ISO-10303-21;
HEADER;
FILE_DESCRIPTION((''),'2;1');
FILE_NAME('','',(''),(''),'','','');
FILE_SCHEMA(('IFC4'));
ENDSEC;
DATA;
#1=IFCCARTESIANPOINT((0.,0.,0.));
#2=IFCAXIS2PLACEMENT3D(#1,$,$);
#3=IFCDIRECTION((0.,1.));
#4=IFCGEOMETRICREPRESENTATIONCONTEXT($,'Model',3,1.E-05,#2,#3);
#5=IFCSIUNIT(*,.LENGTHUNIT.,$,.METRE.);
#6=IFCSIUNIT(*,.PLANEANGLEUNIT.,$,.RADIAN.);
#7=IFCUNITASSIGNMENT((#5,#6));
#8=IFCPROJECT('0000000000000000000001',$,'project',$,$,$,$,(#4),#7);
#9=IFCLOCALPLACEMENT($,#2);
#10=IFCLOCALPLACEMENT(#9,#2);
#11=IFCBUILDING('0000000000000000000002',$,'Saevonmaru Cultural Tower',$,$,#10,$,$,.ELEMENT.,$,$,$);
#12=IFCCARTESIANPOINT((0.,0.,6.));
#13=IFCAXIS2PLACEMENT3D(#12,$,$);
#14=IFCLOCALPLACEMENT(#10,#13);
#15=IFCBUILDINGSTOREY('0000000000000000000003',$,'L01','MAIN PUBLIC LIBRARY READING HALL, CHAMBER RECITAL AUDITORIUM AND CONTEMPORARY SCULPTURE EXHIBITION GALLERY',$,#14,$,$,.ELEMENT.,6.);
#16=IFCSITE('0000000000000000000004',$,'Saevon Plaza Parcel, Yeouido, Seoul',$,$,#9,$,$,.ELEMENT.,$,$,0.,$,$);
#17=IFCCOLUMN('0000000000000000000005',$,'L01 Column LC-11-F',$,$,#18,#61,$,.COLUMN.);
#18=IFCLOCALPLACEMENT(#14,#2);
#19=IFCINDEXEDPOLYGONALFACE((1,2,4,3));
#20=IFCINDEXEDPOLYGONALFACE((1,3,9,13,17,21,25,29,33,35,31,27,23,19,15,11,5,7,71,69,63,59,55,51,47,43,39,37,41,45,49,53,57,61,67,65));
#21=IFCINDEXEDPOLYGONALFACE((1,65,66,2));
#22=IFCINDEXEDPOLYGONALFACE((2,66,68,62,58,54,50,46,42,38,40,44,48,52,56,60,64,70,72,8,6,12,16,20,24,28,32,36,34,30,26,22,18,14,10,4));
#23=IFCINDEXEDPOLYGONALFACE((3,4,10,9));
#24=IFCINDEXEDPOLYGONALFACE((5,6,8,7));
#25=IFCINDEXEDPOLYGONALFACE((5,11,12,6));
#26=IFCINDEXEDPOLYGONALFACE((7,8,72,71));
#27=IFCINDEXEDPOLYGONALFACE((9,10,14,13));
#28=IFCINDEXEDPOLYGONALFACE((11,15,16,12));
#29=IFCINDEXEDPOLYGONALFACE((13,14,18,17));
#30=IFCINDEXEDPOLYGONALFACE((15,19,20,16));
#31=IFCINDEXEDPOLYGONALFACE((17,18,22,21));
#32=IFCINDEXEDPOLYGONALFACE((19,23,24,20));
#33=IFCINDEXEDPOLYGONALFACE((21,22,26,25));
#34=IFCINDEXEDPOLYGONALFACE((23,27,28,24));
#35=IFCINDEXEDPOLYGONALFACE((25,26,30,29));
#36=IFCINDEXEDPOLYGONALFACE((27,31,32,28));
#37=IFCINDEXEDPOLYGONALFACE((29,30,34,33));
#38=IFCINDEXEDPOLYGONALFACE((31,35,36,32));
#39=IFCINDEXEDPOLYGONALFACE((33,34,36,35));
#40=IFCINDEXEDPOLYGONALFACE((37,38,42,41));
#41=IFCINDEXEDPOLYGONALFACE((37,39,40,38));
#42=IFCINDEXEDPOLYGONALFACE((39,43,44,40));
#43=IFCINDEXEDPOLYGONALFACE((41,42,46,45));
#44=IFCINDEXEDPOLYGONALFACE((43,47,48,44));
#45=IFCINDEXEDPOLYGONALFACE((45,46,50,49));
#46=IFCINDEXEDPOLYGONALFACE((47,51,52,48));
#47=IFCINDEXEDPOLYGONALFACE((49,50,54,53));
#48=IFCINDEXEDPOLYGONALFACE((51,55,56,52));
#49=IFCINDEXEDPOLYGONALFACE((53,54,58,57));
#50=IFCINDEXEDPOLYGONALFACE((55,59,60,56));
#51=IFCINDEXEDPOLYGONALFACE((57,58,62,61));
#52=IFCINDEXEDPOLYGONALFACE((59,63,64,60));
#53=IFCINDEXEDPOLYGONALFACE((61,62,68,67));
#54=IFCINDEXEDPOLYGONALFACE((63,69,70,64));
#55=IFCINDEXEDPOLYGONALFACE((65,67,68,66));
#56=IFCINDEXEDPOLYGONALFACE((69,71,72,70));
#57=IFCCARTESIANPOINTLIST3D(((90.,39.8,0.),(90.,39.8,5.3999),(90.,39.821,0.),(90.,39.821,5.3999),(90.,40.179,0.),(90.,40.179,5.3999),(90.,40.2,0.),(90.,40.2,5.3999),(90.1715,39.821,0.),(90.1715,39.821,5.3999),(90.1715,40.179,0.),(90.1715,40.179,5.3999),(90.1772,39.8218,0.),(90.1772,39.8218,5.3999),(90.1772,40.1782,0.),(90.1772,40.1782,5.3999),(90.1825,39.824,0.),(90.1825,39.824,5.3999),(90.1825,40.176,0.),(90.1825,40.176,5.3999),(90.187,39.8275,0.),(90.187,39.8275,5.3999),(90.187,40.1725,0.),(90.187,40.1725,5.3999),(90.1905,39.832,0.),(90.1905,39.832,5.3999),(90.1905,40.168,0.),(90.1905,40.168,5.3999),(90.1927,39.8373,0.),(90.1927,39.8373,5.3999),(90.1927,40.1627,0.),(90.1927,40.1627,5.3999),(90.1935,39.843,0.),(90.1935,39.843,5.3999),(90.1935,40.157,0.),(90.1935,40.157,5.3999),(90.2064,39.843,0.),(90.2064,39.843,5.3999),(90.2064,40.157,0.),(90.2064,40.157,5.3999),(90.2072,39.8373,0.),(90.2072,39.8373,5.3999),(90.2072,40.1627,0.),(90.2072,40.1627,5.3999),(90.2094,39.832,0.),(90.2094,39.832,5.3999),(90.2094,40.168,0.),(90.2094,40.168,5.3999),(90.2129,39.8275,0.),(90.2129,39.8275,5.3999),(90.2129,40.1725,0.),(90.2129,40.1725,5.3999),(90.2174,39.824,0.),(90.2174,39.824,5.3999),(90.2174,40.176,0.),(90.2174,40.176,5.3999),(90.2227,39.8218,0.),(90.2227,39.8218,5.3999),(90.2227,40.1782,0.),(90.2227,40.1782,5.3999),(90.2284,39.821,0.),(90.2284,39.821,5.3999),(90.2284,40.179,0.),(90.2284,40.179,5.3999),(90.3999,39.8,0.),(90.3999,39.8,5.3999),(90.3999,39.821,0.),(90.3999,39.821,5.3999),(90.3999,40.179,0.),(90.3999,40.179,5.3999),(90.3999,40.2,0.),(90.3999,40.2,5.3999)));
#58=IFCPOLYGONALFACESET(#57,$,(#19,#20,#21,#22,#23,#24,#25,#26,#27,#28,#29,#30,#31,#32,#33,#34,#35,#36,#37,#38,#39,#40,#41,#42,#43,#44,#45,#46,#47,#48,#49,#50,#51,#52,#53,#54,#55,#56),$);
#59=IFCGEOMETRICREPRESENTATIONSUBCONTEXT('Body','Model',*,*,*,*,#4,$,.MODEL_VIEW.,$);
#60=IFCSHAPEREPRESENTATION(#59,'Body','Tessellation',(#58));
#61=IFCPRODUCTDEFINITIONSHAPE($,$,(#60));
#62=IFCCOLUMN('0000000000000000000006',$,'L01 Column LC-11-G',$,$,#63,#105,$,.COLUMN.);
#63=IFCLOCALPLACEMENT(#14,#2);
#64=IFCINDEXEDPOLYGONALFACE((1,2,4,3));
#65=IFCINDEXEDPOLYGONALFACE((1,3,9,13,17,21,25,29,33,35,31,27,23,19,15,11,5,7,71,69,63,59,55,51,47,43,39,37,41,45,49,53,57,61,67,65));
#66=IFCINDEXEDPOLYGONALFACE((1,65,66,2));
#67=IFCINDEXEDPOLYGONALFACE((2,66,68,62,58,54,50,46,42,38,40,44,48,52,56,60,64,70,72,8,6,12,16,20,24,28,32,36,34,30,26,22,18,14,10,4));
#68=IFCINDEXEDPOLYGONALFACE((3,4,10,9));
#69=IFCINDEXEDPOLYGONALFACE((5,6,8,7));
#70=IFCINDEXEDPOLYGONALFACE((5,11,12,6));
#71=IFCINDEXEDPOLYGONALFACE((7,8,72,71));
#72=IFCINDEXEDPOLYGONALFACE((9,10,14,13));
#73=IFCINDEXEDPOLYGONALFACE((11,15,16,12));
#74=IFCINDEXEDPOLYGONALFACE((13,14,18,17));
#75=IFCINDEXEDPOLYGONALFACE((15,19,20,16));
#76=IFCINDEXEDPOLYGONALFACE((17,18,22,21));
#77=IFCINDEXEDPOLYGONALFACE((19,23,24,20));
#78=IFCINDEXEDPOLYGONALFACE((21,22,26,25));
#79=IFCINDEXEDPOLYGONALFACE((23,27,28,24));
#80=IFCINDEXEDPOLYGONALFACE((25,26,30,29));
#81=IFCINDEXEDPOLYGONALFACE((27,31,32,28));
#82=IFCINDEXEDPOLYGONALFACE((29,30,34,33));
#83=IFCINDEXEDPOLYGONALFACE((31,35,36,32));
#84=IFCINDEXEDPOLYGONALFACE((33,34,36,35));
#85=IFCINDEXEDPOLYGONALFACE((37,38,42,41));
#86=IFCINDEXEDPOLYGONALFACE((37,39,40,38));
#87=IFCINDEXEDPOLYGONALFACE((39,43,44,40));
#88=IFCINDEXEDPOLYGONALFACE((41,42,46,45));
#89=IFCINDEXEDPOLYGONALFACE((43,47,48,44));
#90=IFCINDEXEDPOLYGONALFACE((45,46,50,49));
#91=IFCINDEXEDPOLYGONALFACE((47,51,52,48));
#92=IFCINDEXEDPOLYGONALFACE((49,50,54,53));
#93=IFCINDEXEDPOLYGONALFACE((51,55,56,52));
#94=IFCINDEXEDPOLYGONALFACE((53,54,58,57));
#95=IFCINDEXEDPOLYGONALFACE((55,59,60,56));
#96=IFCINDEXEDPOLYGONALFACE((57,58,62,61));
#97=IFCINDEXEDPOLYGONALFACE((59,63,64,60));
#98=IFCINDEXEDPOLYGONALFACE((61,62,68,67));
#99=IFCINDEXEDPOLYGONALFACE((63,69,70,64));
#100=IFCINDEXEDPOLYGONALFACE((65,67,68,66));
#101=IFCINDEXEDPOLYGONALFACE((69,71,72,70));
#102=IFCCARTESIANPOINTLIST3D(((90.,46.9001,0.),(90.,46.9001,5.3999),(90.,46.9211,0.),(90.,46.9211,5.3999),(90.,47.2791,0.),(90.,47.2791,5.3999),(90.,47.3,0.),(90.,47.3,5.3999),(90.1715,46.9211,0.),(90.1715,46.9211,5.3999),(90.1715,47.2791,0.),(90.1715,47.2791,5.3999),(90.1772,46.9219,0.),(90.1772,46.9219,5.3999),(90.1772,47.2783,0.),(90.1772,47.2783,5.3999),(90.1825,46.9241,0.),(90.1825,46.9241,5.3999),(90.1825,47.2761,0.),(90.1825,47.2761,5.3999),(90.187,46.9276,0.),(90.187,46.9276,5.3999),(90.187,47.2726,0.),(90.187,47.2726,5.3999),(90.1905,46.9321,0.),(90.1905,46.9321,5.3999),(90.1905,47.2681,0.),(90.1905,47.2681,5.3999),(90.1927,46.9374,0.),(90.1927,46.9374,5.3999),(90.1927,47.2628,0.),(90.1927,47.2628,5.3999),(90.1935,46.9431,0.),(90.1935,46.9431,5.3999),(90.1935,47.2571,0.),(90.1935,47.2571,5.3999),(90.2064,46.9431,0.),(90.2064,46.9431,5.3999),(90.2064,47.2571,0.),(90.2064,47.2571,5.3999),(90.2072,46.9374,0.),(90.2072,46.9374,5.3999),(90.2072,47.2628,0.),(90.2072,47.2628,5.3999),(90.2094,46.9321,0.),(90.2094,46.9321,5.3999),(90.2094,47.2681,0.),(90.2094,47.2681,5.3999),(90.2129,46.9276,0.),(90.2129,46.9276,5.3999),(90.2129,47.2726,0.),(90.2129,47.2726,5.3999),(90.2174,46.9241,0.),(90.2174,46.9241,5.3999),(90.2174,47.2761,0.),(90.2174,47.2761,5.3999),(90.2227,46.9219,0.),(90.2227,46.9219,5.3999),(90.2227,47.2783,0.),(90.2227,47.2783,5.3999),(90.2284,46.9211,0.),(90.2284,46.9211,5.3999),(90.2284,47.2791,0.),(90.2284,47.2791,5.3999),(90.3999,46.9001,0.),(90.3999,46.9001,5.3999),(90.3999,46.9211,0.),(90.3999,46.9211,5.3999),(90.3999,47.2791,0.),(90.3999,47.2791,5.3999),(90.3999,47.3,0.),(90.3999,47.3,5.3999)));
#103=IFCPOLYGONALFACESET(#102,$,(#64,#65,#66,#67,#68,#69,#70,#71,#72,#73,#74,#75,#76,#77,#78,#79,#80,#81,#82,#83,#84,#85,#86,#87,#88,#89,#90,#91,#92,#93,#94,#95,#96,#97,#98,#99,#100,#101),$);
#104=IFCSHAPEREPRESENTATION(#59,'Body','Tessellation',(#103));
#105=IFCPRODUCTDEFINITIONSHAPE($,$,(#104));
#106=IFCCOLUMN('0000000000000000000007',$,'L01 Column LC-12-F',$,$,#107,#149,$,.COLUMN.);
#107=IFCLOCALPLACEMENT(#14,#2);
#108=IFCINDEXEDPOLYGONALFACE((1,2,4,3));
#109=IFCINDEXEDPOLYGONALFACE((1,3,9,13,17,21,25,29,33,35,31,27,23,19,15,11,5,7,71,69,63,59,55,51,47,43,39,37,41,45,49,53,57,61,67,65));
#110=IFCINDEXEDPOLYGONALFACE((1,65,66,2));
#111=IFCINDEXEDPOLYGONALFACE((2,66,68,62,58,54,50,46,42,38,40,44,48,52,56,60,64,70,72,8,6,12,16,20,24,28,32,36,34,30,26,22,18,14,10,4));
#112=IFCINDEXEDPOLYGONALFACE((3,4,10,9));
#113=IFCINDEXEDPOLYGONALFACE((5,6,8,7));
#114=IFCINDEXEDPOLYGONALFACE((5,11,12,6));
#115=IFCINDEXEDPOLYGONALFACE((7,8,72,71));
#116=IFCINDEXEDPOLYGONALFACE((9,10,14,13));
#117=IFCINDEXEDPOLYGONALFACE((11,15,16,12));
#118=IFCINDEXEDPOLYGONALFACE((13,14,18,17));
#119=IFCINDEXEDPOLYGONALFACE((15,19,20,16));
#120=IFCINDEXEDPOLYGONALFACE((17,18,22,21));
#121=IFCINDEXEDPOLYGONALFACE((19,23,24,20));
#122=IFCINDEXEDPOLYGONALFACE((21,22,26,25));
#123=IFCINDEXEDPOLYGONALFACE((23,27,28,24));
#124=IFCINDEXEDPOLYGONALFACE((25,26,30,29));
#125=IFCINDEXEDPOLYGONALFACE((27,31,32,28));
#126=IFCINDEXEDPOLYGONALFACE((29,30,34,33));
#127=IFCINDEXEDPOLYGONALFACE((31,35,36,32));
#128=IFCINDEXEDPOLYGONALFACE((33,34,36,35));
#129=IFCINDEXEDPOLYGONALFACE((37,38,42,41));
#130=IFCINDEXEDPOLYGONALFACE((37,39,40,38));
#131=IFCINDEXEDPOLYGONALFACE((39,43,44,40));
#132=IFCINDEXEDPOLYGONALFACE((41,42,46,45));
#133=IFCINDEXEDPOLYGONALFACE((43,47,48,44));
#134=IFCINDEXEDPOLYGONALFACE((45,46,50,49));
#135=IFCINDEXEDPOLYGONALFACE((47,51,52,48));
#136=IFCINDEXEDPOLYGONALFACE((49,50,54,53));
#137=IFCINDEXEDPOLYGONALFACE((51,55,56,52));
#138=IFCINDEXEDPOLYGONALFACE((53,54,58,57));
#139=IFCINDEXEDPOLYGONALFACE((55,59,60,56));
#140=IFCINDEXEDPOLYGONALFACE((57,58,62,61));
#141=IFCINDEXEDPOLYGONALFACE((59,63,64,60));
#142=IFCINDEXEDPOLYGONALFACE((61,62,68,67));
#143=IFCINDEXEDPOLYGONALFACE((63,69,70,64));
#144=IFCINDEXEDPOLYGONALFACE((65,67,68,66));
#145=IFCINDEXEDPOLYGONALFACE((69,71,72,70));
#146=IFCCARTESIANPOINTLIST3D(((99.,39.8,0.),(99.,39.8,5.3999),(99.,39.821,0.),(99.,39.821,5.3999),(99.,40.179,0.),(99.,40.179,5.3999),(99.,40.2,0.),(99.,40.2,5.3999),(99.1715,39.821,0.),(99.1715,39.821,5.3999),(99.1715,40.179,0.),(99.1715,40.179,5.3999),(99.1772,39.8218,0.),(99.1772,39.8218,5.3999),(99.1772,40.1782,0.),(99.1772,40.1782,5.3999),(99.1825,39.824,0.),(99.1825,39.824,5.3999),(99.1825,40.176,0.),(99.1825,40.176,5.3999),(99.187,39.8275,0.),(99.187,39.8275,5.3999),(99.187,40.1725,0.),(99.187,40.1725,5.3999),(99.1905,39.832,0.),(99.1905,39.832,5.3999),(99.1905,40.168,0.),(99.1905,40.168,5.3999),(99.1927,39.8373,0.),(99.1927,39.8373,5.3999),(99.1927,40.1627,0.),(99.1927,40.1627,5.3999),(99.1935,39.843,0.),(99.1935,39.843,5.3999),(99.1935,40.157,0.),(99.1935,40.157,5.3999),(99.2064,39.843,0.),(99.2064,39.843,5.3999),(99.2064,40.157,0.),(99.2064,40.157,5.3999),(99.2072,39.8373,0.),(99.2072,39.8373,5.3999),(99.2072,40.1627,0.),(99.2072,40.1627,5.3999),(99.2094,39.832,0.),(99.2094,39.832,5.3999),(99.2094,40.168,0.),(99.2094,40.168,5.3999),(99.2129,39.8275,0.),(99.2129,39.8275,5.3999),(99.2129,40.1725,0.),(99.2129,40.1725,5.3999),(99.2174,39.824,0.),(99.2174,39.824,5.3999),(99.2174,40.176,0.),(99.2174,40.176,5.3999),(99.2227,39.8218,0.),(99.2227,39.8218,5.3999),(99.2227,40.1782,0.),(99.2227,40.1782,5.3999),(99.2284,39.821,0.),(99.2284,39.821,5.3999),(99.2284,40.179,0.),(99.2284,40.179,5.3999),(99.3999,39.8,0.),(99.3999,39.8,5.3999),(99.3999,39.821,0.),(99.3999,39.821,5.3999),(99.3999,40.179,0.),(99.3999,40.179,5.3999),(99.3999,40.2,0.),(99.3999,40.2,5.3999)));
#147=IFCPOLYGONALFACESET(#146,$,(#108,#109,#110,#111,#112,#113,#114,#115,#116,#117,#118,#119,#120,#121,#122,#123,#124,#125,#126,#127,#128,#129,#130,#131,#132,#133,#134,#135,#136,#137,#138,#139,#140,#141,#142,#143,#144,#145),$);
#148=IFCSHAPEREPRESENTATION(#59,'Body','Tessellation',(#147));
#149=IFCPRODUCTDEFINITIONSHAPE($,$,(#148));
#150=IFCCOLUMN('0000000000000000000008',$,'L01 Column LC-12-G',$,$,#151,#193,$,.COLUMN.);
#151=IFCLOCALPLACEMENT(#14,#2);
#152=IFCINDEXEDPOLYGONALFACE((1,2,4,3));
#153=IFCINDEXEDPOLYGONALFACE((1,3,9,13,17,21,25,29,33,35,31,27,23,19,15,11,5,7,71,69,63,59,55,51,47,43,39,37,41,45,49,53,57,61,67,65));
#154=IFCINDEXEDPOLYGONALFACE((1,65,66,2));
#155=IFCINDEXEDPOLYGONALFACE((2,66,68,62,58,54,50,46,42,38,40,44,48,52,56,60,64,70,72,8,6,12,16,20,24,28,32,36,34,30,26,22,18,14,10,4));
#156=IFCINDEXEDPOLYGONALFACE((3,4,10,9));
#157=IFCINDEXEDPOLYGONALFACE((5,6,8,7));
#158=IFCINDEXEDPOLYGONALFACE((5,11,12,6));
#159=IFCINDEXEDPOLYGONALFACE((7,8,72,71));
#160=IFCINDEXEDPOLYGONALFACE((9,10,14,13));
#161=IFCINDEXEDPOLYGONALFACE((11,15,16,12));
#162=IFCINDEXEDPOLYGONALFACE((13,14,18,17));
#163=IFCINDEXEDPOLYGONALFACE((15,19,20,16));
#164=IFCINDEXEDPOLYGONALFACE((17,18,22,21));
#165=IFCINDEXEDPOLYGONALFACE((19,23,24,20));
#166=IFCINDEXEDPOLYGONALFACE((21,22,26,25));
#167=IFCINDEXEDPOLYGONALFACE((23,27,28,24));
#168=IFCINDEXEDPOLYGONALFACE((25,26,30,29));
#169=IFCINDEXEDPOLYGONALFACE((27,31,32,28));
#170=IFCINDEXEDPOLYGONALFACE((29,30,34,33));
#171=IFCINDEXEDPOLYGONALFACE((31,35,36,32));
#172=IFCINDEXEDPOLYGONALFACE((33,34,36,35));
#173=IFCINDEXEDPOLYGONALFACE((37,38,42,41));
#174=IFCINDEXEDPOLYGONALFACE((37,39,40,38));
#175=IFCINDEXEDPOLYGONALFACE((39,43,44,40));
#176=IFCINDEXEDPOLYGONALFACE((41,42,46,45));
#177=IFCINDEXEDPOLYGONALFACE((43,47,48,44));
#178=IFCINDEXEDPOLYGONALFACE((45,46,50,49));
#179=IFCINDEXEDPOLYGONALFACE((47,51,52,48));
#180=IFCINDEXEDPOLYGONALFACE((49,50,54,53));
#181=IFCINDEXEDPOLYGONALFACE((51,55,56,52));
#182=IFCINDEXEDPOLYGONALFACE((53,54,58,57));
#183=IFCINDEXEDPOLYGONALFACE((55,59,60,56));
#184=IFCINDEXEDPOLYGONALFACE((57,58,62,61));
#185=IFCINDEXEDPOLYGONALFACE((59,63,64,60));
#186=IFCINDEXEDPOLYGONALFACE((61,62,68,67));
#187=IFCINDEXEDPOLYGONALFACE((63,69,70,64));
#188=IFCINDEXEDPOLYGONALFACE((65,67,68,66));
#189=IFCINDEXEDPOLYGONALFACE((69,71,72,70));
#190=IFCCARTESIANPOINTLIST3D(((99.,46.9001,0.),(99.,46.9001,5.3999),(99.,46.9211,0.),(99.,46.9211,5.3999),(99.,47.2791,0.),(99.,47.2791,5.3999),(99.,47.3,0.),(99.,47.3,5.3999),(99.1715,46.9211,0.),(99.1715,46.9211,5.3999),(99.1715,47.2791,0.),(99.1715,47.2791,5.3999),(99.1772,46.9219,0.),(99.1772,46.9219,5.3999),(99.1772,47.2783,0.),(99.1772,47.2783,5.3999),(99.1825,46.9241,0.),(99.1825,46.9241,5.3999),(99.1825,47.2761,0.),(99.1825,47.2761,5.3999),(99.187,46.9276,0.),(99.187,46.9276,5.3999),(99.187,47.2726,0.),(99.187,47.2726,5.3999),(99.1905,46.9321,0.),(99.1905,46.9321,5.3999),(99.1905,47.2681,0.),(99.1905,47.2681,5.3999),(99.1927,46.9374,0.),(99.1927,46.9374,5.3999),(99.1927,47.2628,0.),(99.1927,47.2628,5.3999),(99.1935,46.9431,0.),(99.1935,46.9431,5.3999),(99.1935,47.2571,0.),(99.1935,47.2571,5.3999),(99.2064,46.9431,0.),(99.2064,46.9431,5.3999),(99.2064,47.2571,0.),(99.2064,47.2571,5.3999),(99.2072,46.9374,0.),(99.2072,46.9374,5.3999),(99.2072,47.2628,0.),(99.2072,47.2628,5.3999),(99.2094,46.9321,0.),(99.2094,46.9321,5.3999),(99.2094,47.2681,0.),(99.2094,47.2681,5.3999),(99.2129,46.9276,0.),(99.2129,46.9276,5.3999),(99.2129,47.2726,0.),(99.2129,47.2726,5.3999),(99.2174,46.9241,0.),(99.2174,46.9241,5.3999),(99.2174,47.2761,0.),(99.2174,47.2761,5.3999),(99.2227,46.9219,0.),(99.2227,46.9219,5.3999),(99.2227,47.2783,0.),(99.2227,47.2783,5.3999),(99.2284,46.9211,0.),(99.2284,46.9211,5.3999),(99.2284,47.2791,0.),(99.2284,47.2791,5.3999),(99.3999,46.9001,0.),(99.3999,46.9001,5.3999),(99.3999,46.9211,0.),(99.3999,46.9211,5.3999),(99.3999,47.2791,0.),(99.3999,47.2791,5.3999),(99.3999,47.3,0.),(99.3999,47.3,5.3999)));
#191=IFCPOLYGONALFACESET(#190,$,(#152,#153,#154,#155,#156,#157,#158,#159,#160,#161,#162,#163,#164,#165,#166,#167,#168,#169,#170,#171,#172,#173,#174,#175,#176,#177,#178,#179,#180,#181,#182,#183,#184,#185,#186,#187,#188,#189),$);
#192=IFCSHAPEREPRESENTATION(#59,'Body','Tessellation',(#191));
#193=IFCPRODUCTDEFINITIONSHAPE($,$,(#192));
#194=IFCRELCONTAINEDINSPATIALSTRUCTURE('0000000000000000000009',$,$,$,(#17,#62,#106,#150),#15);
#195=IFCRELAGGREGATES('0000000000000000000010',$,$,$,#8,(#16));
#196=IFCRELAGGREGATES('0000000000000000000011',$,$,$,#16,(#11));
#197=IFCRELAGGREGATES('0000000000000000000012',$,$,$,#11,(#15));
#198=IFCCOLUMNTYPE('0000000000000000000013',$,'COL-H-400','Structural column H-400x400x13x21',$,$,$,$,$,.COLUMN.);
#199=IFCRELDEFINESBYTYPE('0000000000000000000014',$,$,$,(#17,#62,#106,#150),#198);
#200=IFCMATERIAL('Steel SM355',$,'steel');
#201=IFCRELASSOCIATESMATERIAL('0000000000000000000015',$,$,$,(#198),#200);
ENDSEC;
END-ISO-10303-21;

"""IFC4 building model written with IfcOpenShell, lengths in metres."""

from ifc_helpers import new_model, si_unit, direction, frame, origin, origin_2d, place, context, subcontext, project, spatial, i_section, extrude, material, material_profile, profile_set, type_object, element, save


model = new_model("IFC4")

# Units and contexts
model_context = context("Model", 3, precision=1e-05, world=origin(), true_north=direction((0.0, 1.0)))
body_context = subcontext(model_context, "Body", "Model", "MODEL_VIEW")
ifc_project = project(units=[si_unit("LENGTHUNIT", "METRE"), si_unit("PLANEANGLEUNIT", "RADIAN")], contexts=[model_context])

# Site, building, storey
site_placement = place(None, origin())
site = spatial("IfcSite", under=ifc_project, at=site_placement, Name="Saevon Plaza Parcel, Yeouido, Seoul", CompositionType="ELEMENT", RefElevation=0.0)
building_placement = place(site_placement, origin())
building = spatial("IfcBuilding", under=site, at=building_placement, Name="Saevonmaru Cultural Tower", CompositionType="ELEMENT")
storey_placement = place(building_placement, frame((0.0, 0.0, 6.0)))
storey = spatial("IfcBuildingStorey", under=building, at=storey_placement, Name="L01", Description="MAIN PUBLIC LIBRARY READING HALL, CHAMBER RECITAL AUDITORIUM AND CONTEMPORARY SCULPTURE EXHIBITION GALLERY", CompositionType="ELEMENT", Elevation=6.0)

# Columns
ifc_material_1 = material(Name="Steel SM355", Category="steel")
ifc_material_profile_1 = material_profile(ifc_material_1, i_section(OverallWidth=0.3999, OverallDepth=0.3999, WebThickness=0.0129, FlangeThickness=0.021, FilletRadius=0.022, at=origin_2d()), Name="H-400x400x13x21")
ifc_profile_set_1 = profile_set([ifc_material_profile_1], Name="Steel SM355")
column_type = type_object("IfcColumnType", Name="COL-H-400", Description="Structural column H-400x400x13x21", PredefinedType="COLUMN", material=ifc_profile_set_1)
for number, where, z_axis, x_axis, name in (
    (1, (90.2, 40.0, 0.0), (0.0, 0.0, 1.0), (1.0, 0.0, 0.0), "L01 Column LC-11-F"),
    (2, (90.2, 47.1001, 0.0), (0.0, 0.0, 1.0), (1.0, 0.0, 0.0), "L01 Column LC-11-G"),
    (3, (99.2, 40.0, 0.0), (0.0, 0.0, 1.0), (1.0, 0.0, 0.0), "L01 Column LC-12-F"),
    (4, (99.2, 47.1001, 0.0), (0.0, 0.0, 1.0), (1.0, 0.0, 0.0), "L01 Column LC-12-G"),
):
    element("IfcColumn", number, at=place(storey_placement, frame(where, z_axis=z_axis, x_axis=x_axis)), inside=storey, type_object=column_type, Name=name, PredefinedType="COLUMN", context=body_context, shape_type="SweptSolid", body=[
        extrude(i_section(OverallWidth=0.3999, OverallDepth=0.3999, WebThickness=0.0129, FlangeThickness=0.021, FilletRadius=0.022, at=origin_2d()), origin(), (0.0, 0.0, 1.0), 5.3999),
    ])

save(model, "model.ifc")
